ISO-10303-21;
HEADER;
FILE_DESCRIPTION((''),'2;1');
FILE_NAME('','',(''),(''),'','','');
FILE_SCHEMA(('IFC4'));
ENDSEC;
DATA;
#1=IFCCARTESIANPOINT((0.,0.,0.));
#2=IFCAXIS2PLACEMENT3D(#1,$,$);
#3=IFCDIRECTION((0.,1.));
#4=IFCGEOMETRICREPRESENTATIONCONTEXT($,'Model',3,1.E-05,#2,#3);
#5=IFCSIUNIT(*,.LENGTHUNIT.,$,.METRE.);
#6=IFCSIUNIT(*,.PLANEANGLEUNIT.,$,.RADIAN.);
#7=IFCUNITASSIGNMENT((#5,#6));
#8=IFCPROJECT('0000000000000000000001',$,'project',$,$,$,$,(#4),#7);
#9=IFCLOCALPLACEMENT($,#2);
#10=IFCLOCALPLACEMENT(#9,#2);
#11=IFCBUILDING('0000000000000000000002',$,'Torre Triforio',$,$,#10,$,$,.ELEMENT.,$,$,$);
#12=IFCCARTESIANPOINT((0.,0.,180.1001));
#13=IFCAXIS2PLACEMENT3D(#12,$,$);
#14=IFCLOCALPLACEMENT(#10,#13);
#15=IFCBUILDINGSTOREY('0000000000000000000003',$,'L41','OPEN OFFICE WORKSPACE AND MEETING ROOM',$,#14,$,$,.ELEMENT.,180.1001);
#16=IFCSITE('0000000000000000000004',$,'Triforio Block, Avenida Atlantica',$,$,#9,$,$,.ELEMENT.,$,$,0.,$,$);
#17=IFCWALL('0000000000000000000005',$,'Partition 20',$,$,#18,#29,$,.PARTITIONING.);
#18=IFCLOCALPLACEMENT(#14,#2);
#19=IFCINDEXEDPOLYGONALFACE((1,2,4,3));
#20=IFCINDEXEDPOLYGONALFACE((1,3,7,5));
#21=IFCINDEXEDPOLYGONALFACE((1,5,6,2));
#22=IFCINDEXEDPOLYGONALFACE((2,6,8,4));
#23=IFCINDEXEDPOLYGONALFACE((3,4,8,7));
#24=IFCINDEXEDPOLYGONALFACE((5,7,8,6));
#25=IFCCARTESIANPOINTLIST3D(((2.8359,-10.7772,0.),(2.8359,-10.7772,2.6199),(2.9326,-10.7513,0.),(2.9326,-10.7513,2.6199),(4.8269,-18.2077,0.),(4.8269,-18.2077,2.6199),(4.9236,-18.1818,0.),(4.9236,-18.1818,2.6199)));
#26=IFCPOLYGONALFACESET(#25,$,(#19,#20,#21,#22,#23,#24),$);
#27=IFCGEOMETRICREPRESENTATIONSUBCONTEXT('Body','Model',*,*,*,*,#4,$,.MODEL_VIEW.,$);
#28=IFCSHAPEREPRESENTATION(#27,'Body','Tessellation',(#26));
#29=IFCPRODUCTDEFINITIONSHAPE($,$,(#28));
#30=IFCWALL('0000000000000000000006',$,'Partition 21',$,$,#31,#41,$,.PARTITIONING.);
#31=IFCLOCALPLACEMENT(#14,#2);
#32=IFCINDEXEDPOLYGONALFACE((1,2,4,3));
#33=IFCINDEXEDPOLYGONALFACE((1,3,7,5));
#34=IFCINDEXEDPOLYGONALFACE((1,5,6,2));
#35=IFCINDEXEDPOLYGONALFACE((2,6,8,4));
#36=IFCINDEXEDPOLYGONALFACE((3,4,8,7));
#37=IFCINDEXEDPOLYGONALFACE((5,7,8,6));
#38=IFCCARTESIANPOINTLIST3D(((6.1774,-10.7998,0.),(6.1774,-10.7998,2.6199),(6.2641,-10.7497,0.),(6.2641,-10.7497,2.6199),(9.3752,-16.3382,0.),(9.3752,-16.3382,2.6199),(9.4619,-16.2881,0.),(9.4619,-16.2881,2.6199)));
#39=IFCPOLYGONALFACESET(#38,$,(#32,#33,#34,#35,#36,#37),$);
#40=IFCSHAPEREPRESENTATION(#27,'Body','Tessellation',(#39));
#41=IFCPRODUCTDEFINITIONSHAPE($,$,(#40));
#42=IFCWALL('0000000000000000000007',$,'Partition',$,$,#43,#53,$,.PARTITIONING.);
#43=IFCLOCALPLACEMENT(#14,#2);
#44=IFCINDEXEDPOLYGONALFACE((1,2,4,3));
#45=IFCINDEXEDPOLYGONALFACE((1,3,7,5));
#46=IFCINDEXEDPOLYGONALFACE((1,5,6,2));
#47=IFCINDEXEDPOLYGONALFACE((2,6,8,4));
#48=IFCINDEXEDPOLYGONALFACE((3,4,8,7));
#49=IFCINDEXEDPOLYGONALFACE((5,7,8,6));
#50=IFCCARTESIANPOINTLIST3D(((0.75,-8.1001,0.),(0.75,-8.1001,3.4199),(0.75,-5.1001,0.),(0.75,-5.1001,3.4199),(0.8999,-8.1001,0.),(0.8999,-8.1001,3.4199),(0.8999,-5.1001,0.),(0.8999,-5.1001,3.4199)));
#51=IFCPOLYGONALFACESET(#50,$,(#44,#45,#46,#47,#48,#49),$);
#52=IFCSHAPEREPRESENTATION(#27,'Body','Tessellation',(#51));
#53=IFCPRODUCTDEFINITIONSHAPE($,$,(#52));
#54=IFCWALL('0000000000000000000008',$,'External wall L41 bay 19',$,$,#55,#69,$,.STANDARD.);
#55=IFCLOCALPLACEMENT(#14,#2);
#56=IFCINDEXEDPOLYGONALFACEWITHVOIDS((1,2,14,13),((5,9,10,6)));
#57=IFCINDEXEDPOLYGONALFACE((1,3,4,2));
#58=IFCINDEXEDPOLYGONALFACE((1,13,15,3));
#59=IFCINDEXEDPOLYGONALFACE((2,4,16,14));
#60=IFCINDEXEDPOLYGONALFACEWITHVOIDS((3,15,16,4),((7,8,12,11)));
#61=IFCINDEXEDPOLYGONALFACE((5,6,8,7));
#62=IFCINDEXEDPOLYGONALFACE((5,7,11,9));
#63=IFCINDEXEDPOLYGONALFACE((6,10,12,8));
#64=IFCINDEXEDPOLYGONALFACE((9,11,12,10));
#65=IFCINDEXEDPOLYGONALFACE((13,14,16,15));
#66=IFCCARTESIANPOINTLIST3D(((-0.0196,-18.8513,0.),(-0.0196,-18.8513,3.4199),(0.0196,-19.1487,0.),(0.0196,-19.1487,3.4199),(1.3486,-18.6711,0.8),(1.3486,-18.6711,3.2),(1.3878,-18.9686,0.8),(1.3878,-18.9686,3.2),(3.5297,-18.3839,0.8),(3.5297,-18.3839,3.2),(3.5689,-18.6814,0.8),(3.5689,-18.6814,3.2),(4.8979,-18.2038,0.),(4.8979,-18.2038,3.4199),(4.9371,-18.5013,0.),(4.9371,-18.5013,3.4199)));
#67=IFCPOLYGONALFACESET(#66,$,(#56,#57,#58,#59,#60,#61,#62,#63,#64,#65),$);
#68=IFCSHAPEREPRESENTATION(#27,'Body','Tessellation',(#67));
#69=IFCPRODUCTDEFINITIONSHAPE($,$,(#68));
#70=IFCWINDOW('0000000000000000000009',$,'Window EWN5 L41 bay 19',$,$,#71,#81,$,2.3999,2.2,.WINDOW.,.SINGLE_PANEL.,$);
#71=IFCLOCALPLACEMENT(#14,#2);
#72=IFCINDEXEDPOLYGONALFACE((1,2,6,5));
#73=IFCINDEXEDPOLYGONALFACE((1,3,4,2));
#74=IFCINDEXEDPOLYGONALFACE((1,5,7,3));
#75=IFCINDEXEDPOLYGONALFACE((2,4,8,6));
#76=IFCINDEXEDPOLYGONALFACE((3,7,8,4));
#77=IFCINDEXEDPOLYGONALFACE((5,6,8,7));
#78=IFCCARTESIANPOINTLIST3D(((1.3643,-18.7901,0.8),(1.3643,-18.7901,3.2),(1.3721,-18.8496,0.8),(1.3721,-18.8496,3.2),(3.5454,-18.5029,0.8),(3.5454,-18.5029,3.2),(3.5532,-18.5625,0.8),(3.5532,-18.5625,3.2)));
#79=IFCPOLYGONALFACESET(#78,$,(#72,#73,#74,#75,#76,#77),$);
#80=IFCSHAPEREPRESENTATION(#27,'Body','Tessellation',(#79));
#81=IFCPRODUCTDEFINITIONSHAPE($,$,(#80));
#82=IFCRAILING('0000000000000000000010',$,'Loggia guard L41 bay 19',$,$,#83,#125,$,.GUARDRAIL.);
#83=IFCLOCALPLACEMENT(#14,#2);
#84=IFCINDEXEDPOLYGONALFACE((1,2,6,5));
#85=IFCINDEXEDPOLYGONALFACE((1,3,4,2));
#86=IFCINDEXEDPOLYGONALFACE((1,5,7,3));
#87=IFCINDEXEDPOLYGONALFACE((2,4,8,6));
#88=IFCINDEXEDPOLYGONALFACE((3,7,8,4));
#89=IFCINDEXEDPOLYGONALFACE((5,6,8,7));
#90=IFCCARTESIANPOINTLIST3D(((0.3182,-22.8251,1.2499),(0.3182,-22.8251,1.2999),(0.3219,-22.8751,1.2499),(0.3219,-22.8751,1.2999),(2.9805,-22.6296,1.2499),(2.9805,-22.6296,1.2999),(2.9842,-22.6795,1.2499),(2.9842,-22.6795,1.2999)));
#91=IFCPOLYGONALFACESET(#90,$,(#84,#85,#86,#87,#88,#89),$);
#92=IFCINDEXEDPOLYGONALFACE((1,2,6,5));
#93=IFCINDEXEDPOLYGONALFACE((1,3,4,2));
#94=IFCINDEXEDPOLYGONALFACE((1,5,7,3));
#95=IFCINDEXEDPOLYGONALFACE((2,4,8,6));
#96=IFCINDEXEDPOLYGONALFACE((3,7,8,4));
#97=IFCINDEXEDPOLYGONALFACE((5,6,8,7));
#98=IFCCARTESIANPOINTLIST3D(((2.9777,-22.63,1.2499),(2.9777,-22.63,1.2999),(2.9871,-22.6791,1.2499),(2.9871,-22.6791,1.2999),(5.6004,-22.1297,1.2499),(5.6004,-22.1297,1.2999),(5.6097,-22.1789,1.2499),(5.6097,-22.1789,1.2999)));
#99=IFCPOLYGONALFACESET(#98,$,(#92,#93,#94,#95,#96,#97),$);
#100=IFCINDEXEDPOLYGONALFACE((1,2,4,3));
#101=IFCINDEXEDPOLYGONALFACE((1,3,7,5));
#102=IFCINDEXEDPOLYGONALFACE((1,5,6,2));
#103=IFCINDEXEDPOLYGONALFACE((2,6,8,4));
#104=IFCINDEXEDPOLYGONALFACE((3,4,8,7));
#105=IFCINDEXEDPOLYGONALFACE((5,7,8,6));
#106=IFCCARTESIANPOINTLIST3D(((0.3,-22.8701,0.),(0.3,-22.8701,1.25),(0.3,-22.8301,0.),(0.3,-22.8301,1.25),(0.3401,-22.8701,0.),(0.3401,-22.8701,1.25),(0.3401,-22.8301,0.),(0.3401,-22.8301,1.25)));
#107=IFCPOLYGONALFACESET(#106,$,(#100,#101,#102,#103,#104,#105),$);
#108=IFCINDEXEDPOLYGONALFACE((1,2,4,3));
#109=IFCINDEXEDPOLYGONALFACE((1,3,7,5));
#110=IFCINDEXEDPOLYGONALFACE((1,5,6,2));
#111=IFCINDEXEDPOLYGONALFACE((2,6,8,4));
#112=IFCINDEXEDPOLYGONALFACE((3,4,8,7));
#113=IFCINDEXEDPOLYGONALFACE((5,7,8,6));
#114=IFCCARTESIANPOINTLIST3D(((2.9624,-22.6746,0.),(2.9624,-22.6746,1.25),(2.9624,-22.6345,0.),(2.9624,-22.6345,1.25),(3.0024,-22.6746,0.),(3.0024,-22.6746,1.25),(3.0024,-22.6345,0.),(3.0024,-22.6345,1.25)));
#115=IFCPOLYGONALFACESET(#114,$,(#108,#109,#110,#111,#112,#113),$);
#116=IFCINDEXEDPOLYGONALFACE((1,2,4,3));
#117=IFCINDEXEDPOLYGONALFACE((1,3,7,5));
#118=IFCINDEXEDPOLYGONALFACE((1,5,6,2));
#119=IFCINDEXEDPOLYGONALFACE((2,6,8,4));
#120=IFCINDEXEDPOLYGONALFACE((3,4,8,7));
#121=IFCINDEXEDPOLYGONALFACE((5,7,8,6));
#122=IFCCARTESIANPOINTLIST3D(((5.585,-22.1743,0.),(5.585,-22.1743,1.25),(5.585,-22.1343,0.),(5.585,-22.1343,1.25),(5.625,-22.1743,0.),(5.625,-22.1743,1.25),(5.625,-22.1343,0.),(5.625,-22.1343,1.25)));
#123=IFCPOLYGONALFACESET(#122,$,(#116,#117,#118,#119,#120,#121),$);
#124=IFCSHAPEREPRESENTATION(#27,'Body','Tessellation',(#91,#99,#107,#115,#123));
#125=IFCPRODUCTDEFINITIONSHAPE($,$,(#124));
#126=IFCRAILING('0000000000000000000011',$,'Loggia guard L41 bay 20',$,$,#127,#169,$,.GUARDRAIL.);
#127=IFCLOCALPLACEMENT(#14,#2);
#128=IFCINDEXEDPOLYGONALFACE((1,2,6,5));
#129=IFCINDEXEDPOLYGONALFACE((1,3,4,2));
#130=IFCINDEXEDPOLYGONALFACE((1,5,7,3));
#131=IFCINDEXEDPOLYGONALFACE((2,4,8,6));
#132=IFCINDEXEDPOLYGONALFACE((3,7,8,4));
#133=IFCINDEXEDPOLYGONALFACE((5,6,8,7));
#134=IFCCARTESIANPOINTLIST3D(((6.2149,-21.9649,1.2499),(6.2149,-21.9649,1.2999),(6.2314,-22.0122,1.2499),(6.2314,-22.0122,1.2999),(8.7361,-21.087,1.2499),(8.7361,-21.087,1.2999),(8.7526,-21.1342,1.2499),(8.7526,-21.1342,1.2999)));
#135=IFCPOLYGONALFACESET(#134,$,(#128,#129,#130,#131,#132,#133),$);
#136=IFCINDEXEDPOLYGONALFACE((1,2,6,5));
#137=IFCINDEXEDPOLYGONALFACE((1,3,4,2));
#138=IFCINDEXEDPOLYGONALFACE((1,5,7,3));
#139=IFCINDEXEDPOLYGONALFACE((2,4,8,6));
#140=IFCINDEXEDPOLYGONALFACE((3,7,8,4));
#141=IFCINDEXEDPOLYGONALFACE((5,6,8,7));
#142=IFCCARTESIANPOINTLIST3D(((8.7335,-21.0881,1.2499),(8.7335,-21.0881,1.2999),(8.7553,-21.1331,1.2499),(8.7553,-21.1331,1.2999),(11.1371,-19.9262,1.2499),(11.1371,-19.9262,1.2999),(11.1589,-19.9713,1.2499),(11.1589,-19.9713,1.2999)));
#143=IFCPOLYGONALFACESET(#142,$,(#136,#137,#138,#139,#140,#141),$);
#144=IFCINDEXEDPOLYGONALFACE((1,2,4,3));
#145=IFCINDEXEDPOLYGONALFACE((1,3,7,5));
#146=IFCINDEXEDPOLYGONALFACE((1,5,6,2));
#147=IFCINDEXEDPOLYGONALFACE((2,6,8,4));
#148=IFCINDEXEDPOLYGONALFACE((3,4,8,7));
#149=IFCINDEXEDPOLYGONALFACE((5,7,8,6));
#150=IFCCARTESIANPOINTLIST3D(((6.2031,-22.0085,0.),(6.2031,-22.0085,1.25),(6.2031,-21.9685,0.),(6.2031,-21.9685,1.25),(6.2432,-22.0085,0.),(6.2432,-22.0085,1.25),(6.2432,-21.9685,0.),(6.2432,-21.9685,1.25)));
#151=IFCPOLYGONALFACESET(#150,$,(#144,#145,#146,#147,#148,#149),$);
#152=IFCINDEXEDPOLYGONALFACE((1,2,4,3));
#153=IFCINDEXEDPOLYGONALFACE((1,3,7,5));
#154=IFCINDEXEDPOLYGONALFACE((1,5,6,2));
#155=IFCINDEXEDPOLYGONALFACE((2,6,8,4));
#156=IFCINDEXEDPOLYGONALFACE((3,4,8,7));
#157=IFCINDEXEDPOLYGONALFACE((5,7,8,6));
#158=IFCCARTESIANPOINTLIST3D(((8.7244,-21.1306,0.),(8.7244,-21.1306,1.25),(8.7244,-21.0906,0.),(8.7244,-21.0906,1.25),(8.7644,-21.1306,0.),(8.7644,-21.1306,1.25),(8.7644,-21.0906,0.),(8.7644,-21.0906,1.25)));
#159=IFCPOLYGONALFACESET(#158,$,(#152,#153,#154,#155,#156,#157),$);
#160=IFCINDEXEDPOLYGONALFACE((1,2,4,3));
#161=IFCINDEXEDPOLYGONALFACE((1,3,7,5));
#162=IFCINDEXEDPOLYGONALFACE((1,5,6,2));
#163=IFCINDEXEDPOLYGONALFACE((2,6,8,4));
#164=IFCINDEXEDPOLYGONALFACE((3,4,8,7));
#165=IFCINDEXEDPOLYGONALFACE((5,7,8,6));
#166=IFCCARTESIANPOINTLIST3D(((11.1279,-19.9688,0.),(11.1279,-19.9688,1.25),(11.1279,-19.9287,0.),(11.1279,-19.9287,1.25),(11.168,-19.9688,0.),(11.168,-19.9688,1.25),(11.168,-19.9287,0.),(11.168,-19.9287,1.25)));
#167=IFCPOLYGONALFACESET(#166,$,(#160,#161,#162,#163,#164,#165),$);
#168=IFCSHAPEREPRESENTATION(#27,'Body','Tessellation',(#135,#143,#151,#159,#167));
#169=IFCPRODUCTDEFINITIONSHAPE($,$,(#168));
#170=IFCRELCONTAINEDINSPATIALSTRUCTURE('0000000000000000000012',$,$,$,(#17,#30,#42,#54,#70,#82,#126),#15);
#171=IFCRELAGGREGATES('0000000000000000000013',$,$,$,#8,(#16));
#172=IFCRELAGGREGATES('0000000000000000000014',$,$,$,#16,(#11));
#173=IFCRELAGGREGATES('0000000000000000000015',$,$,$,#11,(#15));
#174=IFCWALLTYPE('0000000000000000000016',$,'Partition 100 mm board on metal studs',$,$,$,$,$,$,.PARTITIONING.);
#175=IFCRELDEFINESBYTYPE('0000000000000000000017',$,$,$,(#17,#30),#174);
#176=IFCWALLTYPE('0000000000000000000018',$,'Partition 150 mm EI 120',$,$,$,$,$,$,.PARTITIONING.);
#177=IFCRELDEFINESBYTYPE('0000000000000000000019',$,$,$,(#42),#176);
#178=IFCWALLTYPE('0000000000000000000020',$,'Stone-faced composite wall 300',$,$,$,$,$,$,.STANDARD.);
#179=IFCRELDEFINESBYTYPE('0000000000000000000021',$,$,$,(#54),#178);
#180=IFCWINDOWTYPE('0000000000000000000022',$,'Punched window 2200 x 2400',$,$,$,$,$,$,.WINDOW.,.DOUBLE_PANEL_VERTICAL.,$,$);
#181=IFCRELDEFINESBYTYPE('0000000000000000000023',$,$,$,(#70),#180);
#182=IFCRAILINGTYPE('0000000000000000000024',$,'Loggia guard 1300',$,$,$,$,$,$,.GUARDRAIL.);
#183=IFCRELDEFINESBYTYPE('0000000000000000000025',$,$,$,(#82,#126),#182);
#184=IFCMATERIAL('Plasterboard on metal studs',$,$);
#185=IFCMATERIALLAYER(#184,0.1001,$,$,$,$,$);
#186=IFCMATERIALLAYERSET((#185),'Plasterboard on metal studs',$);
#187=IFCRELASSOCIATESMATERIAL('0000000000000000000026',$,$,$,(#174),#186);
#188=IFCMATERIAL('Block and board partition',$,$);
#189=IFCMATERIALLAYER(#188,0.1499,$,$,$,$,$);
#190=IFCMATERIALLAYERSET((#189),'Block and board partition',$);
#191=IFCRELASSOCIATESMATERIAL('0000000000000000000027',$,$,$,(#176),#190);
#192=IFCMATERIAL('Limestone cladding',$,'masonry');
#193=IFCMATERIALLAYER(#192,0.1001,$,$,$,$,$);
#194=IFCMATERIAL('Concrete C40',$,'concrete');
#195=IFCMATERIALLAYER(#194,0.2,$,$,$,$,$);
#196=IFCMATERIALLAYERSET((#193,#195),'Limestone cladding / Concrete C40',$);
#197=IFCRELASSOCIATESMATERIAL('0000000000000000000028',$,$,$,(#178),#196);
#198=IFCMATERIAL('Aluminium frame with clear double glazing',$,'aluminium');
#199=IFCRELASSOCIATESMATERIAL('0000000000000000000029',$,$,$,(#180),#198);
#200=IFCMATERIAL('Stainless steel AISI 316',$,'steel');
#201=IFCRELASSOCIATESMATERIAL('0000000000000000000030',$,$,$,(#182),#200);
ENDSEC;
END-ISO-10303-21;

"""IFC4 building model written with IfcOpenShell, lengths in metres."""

from ifc_helpers import new_model, si_unit, direction, frame, frame_2d, origin, origin_2d, place, context, subcontext, project, spatial, rectangle, extrude, material, layer, layer_set, type_object, element, fill, save


model = new_model("IFC4")

# Units and contexts
model_context = context("Model", 3, precision=1e-05, world=origin(), true_north=direction((0.0, 1.0)))
body_context = subcontext(model_context, "Body", "Model", "MODEL_VIEW")
ifc_project = project(units=[si_unit("LENGTHUNIT", "METRE"), si_unit("PLANEANGLEUNIT", "RADIAN")], contexts=[model_context])

# Site, building, storey
site_placement = place(None, origin())
site = spatial("IfcSite", under=ifc_project, at=site_placement, Name="Triforio Block, Avenida Atlantica", CompositionType="ELEMENT", RefElevation=0.0)
building_placement = place(site_placement, origin())
building = spatial("IfcBuilding", under=site, at=building_placement, Name="Torre Triforio", CompositionType="ELEMENT")
storey_placement = place(building_placement, frame((0.0, 0.0, 180.1001)))
storey = spatial("IfcBuildingStorey", under=building, at=storey_placement, Name="L41", Description="OPEN OFFICE WORKSPACE AND MEETING ROOM", CompositionType="ELEMENT", Elevation=180.1001)

# Shared definitions
ifc_material_1 = material(Name="Concrete C40", Category="concrete")

# Shared definitions
ifc_material_2 = material(Name="Plasterboard on metal studs")

# Walls
ifc_layer_1 = layer(ifc_material_2, 0.1001)
ifc_layer_set_1 = layer_set([ifc_layer_1], Name="Plasterboard on metal studs")
wall_type_1 = type_object("IfcWallType", Name="Partition 100 mm board on metal studs", PredefinedType="PARTITIONING", material=ifc_layer_set_1)
wall_1_placement = place(storey_placement, frame((2.8843, -10.7644, 0.0), z_axis=(0.0, 0.0, 1.0), x_axis=(0.258818, -0.965926, 0.0)))
element("IfcWall", 1, at=wall_1_placement, inside=storey, type_object=wall_type_1, Name="Partition 20", PredefinedType="PARTITIONING", context=body_context, shape_type="SweptSolid", body=[
    extrude(rectangle(XDim=7.6926, YDim=0.1001, at=frame_2d((3.8462, 0.0))), origin(), (0.0, 0.0, 1.0), 2.6199),
])
wall_2_placement = place(storey_placement, frame((6.2207, -10.7747, 0.0), z_axis=(0.0, 0.0, 1.0), x_axis=(0.500023, -0.866012, 0.0)))
element("IfcWall", 2, at=wall_2_placement, inside=storey, type_object=wall_type_1, Name="Partition 21", PredefinedType="PARTITIONING", context=body_context, shape_type="SweptSolid", body=[
    extrude(rectangle(XDim=6.3953, YDim=0.1001, at=frame_2d((3.1978, 0.0))), origin(), (0.0, 0.0, 1.0), 2.6199),
])
ifc_material_3 = material(Name="Block and board partition")
ifc_layer_2 = layer(ifc_material_3, 0.1499)
ifc_layer_set_2 = layer_set([ifc_layer_2], Name="Block and board partition")
wall_type_2 = type_object("IfcWallType", Name="Partition 150 mm EI 120", PredefinedType="PARTITIONING", material=ifc_layer_set_2)
wall_3_placement = place(storey_placement, frame((0.825, -8.1001, 0.0), z_axis=(0.0, 0.0, 1.0), x_axis=(0.0, 1.0, 0.0)))
element("IfcWall", 3, at=wall_3_placement, inside=storey, type_object=wall_type_2, Name="Partition", PredefinedType="PARTITIONING", context=body_context, shape_type="SweptSolid", body=[
    extrude(rectangle(XDim=3.0, YDim=0.1499, at=frame_2d((1.5, 0.0))), origin(), (0.0, 0.0, 1.0), 3.4199),
])

# Wall, opening, window
ifc_material_4 = material(Name="Limestone cladding", Category="masonry")
ifc_layer_3 = layer(ifc_material_4, 0.1001)
ifc_layer_4 = layer(ifc_material_1, 0.2)
ifc_layer_set_3 = layer_set([ifc_layer_3, ifc_layer_4], Name="Limestone cladding / Concrete C40")
wall_type_3 = type_object("IfcWallType", Name="Stone-faced composite wall 300", PredefinedType="STANDARD", material=ifc_layer_set_3)
wall_4_placement = place(storey_placement, frame((0.0, -19.0, 0.0), z_axis=(0.0, 0.0, 1.0), x_axis=(0.991443, 0.130539, 0.0)))
wall_4 = element("IfcWall", 4, at=wall_4_placement, inside=storey, type_object=wall_type_3, Name="External wall L41 bay 19", PredefinedType="STANDARD", context=body_context, shape_type="SweptSolid", body=[
    extrude(rectangle(XDim=4.96, YDim=0.3, at=frame_2d((2.48, 0.0))), origin(), (0.0, 0.0, 1.0), 3.4199),
])
opening_1_placement = place(wall_4_placement, frame((1.3799, 0.0, 0.8)))
opening_1 = element("IfcOpeningElement", 5, at=opening_1_placement, cuts=wall_4, PredefinedType="OPENING", context=body_context, shape_type="SweptSolid", body=[
    extrude(rectangle(XDim=2.2, YDim=2.3999, at=frame_2d((1.1001, 1.2))), frame((0.0, 0.1599, 0.0), z_axis=(0.0, -1.0, 0.0), x_axis=(1.0, 0.0, 0.0)), (0.0, 0.0, 1.0), 0.3201),
])
ifc_material_5 = material(Name="Aluminium frame with clear double glazing", Category="aluminium")
window_type_1 = type_object("IfcWindowType", Name="Punched window 2200 x 2400", PartitioningType="DOUBLE_PANEL_VERTICAL", PredefinedType="WINDOW", material=ifc_material_5)
window_1_placement = place(opening_1_placement, origin())
window_1 = element("IfcWindow", 6, at=window_1_placement, inside=storey, type_object=window_type_1, Name="Window EWN5 L41 bay 19", OverallHeight=2.3999, OverallWidth=2.2, PartitioningType="SINGLE_PANEL", PredefinedType="WINDOW", context=body_context, shape_type="SweptSolid", body=[
    extrude(rectangle(XDim=2.2, YDim=2.3999, at=frame_2d((1.1001, 1.2))), frame((0.0, 0.03, 0.0), z_axis=(0.0, -1.0, 0.0), x_axis=(1.0, 0.0, 0.0)), (0.0, 0.0, 1.0), 0.0601),
])
fill(opening_1, window_1)

# Railings
ifc_material_6 = material(Name="Stainless steel AISI 316", Category="steel")
railing_type = type_object("IfcRailingType", Name="Loggia guard 1300", PredefinedType="GUARDRAIL", material=ifc_material_6)
railing_1_placement = place(storey_placement, frame((0.3201, -22.8501, 0.0)))
element("IfcRailing", 7, at=railing_1_placement, inside=storey, type_object=railing_type, Name="Loggia guard L41 bay 19", PredefinedType="GUARDRAIL", context=body_context, shape_type="SweptSolid", body=[
    extrude(rectangle(XDim=0.05, YDim=0.05, at=origin_2d()), frame((0.0, 0.0, 1.2749), z_axis=(0.997313, 0.073255, 0.0), x_axis=(-0.073255, 0.997313, 0.0)), (0.0, 0.0, 1.0), 2.6694),
    extrude(rectangle(XDim=0.05, YDim=0.05, at=origin_2d()), frame((2.6624, 0.1956, 1.2749), z_axis=(0.98229, 0.187368, 0.0), x_axis=(-0.187368, 0.98229, 0.0)), (0.0, 0.0, 1.0), 2.6699),
    extrude(rectangle(XDim=0.04, YDim=0.04, at=origin_2d()), origin(), (0.0, 0.0, 1.0), 1.25),
    extrude(rectangle(XDim=0.04, YDim=0.04, at=origin_2d()), frame((2.6624, 0.1956, 0.0)), (0.0, 0.0, 1.0), 1.25),
    extrude(rectangle(XDim=0.04, YDim=0.04, at=origin_2d()), frame((5.2849, 0.6958, 0.0)), (0.0, 0.0, 1.0), 1.25),
])
railing_2_placement = place(storey_placement, frame((6.2231, -21.9885, 0.0)))
element("IfcRailing", 8, at=railing_2_placement, inside=storey, type_object=railing_type, Name="Loggia guard L41 bay 20", PredefinedType="GUARDRAIL", context=body_context, shape_type="SweptSolid", body=[
    extrude(rectangle(XDim=0.05, YDim=0.05, at=origin_2d()), frame((0.0, 0.0, 1.2749), z_axis=(0.944383, 0.328847, 0.0), x_axis=(-0.328847, 0.944383, 0.0)), (0.0, 0.0, 1.0), 2.6697),
    extrude(rectangle(XDim=0.05, YDim=0.05, at=origin_2d()), frame((2.5212, 0.8779, 1.2749), z_axis=(0.900328, 0.435212, 0.0), x_axis=(-0.435212, 0.900328, 0.0)), (0.0, 0.0, 1.0), 2.6697),
    extrude(rectangle(XDim=0.04, YDim=0.04, at=origin_2d()), origin(), (0.0, 0.0, 1.0), 1.25),
    extrude(rectangle(XDim=0.04, YDim=0.04, at=origin_2d()), frame((2.5212, 0.8779, 0.0)), (0.0, 0.0, 1.0), 1.25),
    extrude(rectangle(XDim=0.04, YDim=0.04, at=origin_2d()), frame((4.9248, 2.0398, 0.0)), (0.0, 0.0, 1.0), 1.25),
])

save(model, "model.ifc")
